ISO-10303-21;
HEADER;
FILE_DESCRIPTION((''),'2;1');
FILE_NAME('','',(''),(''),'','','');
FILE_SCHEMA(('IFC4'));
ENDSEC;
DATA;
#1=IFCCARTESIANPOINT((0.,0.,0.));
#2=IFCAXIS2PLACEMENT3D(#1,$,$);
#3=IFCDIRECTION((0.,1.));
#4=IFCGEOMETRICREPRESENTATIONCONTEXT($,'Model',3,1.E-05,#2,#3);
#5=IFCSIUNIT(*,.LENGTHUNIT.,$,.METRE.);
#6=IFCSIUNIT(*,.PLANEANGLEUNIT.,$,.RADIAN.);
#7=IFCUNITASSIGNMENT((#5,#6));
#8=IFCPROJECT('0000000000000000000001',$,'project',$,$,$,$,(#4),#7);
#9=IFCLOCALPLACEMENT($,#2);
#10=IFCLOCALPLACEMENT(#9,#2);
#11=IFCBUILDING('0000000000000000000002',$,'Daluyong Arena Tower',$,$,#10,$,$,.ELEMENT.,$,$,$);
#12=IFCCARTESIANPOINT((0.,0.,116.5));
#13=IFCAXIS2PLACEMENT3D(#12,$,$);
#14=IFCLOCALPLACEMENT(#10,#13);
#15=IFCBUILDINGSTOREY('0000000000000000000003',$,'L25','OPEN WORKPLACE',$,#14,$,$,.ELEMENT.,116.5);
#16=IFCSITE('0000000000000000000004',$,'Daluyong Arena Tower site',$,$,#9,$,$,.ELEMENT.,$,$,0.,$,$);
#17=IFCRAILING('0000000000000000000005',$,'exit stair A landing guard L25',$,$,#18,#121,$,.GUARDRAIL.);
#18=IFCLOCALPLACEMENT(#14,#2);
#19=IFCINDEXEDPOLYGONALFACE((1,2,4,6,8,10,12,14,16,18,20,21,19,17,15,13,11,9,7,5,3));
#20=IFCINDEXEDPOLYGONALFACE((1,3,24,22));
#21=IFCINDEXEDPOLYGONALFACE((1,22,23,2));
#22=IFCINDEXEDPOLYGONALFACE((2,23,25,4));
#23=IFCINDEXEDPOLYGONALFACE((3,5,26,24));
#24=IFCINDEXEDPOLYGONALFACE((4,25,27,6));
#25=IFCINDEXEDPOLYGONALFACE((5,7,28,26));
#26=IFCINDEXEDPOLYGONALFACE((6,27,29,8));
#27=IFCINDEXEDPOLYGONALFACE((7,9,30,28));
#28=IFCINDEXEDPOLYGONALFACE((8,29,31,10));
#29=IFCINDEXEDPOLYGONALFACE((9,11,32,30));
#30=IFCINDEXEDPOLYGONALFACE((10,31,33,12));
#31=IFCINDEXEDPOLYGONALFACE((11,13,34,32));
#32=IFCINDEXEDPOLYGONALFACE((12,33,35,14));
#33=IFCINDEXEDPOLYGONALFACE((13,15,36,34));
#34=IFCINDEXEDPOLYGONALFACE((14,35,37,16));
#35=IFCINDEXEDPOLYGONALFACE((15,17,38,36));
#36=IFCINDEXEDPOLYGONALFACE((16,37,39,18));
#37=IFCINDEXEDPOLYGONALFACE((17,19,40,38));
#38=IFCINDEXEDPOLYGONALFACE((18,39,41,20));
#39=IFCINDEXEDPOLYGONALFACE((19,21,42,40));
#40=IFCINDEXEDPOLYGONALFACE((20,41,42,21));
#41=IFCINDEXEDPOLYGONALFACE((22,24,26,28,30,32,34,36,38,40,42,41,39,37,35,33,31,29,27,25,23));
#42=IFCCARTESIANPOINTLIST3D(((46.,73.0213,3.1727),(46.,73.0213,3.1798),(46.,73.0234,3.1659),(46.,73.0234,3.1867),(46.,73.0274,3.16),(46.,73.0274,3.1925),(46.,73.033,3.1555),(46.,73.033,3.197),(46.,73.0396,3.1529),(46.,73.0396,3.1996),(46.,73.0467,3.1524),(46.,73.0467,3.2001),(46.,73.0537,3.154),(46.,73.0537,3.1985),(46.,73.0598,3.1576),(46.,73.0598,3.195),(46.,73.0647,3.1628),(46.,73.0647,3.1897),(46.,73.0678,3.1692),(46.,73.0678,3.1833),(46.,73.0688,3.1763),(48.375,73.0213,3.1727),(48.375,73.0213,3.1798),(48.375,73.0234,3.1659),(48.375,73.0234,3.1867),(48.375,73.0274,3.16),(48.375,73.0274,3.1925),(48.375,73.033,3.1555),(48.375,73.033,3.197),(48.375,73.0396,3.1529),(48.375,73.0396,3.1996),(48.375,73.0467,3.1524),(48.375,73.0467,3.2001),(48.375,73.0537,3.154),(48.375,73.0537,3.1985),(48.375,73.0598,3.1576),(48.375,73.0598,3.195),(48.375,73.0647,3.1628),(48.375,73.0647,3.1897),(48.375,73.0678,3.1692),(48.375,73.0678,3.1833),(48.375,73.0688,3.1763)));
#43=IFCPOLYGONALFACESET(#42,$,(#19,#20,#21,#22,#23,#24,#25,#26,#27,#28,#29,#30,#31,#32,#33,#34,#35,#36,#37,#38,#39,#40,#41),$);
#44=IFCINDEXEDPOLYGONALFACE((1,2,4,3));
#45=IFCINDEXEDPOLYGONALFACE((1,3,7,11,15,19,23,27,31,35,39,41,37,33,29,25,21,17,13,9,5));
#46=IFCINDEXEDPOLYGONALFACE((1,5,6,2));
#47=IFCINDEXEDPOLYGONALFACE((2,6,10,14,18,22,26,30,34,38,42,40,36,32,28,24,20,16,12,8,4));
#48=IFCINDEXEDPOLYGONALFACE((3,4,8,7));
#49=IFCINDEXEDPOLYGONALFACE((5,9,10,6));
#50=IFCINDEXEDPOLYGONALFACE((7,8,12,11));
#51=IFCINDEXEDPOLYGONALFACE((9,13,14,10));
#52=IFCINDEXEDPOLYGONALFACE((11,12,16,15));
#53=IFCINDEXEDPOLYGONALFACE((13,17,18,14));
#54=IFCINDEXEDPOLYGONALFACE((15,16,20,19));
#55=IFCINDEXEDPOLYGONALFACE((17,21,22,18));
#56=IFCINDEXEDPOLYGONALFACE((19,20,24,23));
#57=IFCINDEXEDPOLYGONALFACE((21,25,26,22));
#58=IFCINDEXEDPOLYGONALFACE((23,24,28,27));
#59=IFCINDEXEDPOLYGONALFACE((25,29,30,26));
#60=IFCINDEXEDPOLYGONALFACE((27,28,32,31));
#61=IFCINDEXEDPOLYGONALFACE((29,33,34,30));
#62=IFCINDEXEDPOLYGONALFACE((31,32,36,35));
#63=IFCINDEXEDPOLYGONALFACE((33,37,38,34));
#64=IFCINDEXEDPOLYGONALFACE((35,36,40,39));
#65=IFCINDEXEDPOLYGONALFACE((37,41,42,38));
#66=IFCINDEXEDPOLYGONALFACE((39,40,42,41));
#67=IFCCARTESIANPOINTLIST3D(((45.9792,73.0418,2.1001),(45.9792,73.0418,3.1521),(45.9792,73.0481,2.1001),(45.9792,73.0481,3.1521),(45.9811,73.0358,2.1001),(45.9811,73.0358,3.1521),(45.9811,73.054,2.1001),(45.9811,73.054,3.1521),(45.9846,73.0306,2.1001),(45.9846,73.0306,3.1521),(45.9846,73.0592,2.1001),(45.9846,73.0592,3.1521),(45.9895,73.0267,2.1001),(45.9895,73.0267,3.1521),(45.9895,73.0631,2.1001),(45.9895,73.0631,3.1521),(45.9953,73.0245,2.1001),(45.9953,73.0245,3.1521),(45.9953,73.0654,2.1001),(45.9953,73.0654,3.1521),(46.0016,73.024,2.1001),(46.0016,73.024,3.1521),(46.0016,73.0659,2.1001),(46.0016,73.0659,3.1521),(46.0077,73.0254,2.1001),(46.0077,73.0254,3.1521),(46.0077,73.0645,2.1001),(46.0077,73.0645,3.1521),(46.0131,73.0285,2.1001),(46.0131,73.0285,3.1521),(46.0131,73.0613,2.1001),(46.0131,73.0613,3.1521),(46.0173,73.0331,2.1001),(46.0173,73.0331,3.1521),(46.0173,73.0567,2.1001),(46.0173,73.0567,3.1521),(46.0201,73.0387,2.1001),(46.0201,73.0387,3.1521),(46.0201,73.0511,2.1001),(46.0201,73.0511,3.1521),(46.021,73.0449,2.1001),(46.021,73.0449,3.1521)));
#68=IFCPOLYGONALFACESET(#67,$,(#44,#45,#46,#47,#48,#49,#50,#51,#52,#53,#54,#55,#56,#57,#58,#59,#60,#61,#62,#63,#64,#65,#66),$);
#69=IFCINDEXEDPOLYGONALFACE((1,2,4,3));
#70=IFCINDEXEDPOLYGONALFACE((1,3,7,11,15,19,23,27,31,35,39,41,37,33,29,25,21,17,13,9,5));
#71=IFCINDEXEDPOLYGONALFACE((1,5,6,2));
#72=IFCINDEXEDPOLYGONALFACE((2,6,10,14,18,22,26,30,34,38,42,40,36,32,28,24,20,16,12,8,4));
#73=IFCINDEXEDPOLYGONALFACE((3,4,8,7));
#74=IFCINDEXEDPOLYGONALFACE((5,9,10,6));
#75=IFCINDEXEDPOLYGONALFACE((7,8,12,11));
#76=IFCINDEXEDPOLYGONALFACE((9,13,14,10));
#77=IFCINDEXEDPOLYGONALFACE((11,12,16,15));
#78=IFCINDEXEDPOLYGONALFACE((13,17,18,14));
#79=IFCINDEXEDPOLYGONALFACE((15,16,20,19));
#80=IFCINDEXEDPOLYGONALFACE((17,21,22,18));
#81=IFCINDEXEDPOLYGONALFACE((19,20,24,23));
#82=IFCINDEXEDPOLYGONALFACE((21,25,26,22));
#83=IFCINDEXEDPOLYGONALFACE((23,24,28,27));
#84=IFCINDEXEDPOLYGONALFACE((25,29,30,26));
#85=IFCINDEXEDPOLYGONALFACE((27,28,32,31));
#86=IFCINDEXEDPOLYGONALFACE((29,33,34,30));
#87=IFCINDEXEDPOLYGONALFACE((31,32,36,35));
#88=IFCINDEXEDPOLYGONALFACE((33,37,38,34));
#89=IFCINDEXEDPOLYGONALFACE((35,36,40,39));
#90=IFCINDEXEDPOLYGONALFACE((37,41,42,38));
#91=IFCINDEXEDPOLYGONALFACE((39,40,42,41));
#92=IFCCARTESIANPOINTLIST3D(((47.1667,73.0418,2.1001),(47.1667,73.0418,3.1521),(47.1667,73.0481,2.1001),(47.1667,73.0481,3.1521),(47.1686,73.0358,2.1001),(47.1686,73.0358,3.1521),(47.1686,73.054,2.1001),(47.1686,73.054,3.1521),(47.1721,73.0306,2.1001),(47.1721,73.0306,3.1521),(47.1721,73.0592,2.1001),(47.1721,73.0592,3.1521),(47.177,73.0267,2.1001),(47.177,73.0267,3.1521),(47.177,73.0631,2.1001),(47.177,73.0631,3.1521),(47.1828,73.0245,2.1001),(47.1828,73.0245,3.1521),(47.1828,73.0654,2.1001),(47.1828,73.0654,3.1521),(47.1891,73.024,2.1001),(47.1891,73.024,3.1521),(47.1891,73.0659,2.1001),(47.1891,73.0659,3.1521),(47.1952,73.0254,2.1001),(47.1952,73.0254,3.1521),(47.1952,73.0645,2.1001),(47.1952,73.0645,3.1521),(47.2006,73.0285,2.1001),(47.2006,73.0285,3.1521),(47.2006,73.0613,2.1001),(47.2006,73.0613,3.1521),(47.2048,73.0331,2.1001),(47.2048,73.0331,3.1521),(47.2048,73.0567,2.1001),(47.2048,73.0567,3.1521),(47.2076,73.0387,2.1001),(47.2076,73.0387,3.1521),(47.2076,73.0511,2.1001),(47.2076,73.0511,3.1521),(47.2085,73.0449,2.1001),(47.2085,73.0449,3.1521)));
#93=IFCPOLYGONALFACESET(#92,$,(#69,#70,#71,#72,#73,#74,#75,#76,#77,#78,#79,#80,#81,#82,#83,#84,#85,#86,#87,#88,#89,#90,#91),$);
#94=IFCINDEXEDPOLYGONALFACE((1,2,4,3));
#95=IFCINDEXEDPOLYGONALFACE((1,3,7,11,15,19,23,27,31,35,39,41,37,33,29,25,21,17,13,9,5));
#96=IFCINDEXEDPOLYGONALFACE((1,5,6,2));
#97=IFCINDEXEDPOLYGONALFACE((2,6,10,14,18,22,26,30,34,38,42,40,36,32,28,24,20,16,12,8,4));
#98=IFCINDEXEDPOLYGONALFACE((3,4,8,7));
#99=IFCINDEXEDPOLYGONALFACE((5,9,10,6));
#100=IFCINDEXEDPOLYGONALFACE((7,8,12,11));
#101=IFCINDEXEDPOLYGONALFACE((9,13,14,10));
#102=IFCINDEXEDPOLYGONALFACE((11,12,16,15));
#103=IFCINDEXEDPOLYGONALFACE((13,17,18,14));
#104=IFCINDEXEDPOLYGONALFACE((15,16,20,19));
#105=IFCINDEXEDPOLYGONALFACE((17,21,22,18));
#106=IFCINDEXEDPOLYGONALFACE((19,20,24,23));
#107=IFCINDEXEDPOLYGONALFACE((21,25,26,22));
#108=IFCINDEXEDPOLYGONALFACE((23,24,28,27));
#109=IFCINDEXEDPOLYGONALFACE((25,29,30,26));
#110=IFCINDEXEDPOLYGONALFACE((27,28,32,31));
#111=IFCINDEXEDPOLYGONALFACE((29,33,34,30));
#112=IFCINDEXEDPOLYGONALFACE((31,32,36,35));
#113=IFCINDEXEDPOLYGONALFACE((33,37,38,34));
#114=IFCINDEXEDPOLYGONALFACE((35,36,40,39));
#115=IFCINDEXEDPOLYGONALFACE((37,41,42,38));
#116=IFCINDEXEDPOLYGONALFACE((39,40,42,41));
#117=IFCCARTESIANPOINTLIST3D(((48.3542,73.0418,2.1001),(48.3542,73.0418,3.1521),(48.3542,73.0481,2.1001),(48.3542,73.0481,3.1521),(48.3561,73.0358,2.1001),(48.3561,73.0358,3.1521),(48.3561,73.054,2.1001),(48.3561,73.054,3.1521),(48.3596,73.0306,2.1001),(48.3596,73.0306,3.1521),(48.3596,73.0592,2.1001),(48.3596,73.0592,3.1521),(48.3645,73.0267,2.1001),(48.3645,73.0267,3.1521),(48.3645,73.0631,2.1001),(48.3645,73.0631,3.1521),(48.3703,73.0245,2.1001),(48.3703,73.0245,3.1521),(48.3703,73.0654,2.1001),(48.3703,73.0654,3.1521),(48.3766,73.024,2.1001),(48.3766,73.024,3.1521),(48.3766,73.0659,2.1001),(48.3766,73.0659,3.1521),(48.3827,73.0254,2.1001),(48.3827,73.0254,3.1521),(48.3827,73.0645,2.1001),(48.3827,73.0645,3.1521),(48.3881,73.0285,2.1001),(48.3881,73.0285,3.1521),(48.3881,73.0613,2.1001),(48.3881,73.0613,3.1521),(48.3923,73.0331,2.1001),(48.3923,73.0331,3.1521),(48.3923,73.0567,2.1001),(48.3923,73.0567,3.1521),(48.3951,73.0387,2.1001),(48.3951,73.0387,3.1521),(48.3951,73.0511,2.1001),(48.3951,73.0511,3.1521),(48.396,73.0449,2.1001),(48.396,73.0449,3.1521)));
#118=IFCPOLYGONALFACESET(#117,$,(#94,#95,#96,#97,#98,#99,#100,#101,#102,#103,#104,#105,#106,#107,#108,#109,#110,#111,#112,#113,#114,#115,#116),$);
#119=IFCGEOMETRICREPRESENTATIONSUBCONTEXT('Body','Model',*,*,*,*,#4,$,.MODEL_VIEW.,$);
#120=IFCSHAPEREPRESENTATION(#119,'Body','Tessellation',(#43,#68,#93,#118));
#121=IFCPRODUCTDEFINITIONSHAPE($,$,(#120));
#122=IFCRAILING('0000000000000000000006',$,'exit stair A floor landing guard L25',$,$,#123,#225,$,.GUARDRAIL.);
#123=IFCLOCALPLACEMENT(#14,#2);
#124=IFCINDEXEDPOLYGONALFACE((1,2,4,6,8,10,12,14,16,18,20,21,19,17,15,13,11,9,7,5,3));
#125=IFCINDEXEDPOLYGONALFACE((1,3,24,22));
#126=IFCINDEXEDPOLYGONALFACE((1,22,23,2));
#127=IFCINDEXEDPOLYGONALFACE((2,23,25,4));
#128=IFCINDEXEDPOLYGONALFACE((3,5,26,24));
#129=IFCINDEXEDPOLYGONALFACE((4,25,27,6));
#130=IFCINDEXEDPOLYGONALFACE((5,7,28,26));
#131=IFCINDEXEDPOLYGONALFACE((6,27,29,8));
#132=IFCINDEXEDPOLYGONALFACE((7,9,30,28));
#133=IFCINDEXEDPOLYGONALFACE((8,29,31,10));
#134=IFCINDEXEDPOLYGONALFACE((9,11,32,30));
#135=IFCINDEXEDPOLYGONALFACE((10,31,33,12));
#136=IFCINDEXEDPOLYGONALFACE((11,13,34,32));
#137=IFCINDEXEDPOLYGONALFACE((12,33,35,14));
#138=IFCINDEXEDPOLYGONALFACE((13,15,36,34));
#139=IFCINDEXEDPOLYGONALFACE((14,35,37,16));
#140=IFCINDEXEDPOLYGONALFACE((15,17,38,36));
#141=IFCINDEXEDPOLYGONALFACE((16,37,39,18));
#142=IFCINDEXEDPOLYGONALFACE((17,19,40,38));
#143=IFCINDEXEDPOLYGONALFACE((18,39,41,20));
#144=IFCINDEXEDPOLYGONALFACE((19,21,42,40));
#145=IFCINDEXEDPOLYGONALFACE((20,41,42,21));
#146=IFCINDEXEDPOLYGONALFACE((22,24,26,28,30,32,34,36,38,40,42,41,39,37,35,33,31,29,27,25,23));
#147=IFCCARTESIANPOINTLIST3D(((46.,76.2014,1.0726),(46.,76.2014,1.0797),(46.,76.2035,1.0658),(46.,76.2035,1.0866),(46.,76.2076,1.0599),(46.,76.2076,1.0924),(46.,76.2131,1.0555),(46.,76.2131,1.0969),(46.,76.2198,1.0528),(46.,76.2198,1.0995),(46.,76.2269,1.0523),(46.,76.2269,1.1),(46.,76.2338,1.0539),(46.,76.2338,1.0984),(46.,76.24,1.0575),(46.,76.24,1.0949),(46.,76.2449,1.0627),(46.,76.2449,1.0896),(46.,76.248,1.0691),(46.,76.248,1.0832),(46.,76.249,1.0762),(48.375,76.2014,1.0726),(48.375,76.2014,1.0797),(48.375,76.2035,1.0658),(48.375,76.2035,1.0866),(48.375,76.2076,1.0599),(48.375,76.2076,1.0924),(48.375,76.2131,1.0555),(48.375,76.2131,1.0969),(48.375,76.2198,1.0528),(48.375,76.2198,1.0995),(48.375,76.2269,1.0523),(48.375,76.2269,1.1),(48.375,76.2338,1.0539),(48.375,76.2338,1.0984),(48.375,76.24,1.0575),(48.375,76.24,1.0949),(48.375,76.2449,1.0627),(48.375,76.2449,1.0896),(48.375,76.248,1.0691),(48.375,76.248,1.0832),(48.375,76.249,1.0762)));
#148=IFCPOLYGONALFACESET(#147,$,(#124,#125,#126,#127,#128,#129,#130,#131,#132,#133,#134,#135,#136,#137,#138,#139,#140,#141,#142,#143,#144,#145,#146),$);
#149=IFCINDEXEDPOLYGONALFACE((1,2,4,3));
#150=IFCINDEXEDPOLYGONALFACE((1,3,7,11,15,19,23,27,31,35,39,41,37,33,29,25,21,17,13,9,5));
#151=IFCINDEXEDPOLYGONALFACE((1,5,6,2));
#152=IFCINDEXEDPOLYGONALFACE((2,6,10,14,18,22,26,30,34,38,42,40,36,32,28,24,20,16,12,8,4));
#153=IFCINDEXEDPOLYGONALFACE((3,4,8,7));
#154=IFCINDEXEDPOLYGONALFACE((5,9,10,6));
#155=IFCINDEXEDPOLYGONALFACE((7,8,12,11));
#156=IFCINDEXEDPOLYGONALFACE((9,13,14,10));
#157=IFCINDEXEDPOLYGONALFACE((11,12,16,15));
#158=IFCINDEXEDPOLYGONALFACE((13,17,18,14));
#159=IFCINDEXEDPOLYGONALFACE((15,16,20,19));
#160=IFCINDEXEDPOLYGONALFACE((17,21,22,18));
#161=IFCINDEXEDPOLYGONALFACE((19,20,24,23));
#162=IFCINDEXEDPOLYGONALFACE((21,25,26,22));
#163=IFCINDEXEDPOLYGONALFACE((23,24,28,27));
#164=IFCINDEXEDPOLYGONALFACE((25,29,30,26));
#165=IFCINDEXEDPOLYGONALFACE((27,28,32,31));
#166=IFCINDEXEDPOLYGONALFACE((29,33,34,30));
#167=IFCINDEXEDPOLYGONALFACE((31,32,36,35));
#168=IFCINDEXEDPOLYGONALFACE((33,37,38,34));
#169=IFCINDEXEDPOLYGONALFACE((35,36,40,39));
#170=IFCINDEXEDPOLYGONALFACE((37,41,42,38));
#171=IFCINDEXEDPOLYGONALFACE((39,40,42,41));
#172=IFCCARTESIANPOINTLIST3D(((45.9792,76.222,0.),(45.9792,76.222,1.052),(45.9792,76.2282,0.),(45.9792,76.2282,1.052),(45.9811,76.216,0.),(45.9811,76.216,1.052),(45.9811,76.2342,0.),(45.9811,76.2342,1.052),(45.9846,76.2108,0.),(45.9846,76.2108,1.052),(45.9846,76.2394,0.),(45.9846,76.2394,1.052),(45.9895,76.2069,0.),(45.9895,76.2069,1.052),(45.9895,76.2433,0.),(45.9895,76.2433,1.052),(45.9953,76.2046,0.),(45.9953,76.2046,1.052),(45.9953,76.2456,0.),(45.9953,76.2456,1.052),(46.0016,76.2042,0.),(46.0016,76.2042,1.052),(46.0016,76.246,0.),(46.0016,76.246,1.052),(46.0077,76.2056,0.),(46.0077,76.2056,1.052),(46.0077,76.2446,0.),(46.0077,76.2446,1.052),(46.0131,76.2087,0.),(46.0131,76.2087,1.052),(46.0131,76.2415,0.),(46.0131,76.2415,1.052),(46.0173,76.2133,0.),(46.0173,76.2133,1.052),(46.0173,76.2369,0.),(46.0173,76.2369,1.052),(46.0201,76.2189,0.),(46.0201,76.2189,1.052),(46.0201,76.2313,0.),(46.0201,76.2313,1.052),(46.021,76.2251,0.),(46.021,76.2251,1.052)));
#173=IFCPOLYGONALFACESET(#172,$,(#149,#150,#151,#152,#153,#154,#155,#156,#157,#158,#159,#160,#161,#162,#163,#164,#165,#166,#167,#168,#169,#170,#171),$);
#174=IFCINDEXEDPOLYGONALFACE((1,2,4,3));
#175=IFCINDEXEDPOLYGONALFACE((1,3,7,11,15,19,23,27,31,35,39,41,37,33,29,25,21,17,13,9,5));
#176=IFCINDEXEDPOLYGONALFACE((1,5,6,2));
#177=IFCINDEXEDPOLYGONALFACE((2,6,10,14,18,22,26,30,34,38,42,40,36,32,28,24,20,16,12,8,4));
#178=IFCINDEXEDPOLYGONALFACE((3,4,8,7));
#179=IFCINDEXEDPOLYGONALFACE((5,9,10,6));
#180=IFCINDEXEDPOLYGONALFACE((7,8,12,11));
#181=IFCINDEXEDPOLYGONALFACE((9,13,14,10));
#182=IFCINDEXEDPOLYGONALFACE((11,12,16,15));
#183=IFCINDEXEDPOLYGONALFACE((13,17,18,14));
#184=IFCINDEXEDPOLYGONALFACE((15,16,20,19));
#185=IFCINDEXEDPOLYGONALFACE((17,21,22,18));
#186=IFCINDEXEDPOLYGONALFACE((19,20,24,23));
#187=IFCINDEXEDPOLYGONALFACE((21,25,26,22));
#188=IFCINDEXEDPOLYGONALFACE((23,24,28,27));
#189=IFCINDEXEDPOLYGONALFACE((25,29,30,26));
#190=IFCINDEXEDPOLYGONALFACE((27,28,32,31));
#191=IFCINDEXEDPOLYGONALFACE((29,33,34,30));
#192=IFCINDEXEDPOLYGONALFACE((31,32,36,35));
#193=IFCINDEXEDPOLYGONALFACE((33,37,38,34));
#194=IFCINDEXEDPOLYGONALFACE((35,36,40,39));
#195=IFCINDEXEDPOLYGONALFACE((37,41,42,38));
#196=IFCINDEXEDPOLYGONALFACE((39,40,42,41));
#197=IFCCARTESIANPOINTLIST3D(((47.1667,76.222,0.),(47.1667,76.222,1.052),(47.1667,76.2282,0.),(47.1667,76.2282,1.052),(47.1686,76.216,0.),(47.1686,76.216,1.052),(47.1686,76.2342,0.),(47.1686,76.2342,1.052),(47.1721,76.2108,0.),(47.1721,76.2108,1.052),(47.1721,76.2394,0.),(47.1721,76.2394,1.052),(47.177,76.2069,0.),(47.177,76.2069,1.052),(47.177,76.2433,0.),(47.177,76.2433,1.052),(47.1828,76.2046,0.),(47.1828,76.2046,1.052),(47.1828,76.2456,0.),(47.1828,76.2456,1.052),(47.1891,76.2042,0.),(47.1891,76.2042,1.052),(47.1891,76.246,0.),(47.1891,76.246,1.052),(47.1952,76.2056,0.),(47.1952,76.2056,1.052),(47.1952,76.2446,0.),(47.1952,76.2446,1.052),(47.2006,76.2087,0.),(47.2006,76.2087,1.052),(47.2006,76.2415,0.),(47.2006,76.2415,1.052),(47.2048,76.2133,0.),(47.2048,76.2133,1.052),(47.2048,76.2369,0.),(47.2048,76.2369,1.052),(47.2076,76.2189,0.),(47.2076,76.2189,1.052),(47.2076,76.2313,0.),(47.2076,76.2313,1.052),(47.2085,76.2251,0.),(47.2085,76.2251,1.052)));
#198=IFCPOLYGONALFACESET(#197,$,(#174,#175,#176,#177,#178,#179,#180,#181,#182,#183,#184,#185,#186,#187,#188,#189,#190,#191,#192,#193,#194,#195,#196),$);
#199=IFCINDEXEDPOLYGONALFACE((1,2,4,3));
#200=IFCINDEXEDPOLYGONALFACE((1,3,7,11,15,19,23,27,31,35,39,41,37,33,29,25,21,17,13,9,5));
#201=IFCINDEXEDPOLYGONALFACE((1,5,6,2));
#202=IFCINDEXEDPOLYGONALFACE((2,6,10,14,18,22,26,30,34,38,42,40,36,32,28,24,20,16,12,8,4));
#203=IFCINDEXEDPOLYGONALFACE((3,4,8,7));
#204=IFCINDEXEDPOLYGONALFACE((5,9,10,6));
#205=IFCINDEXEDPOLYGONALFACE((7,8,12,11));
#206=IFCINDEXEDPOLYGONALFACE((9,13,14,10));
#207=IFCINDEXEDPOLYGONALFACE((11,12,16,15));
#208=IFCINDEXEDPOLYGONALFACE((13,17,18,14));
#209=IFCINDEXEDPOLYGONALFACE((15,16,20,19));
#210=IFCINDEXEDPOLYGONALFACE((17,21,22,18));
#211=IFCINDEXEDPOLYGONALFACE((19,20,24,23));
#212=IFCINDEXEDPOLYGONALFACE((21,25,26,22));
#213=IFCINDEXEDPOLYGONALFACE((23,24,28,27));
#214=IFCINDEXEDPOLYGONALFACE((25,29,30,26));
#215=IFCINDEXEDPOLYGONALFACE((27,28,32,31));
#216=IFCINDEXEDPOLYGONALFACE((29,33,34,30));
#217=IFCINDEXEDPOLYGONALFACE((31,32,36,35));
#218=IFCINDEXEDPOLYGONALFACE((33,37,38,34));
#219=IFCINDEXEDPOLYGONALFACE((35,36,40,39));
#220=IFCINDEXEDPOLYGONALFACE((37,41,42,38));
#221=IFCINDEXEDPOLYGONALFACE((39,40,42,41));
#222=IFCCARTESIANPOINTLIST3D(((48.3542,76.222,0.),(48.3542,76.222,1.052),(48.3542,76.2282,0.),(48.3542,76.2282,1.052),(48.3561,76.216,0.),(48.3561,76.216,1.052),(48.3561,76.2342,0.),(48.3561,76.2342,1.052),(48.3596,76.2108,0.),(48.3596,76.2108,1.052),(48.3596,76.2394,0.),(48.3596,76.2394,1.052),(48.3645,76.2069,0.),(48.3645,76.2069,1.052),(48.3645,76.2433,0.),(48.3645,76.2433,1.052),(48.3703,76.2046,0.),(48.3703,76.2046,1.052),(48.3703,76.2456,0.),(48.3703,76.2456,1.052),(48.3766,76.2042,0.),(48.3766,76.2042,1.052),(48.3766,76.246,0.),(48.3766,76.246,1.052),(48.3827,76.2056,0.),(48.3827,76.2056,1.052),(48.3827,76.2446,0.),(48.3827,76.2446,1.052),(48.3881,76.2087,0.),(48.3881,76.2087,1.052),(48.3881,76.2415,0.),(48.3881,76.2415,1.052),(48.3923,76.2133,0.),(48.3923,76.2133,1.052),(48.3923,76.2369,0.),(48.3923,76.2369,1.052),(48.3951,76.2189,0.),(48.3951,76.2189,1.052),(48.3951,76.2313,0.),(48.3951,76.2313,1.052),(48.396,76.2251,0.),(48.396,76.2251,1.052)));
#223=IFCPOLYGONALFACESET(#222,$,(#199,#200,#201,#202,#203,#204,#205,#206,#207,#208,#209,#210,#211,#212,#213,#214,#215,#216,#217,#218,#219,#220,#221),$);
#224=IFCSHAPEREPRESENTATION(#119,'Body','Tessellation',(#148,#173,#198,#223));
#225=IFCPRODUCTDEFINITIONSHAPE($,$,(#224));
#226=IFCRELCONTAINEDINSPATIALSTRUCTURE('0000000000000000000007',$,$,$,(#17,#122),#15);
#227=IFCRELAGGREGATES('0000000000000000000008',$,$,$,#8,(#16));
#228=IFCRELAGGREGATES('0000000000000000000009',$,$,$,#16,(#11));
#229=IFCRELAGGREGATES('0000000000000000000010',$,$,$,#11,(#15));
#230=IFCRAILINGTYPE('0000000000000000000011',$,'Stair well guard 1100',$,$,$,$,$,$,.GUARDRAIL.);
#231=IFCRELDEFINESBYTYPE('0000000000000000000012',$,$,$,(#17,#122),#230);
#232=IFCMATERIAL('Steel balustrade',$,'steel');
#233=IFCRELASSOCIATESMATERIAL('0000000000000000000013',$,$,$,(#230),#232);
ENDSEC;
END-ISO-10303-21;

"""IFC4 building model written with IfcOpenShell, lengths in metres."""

from ifc_helpers import new_model, si_unit, direction, frame, origin, origin_2d, place, context, subcontext, project, spatial, circle, extrude, material, type_object, element, save


model = new_model("IFC4")

# Units and contexts
model_context = context("Model", 3, precision=1e-05, world=origin(), true_north=direction((0.0, 1.0)))
body_context = subcontext(model_context, "Body", "Model", "MODEL_VIEW")
ifc_project = project(units=[si_unit("LENGTHUNIT", "METRE"), si_unit("PLANEANGLEUNIT", "RADIAN")], contexts=[model_context])

# Site, building, storey
site_placement = place(None, origin())
site = spatial("IfcSite", under=ifc_project, at=site_placement, Name="Daluyong Arena Tower site", CompositionType="ELEMENT", RefElevation=0.0)
building_placement = place(site_placement, origin())
building = spatial("IfcBuilding", under=site, at=building_placement, Name="Daluyong Arena Tower", CompositionType="ELEMENT")
storey_placement = place(building_placement, frame((0.0, 0.0, 116.5)))
storey = spatial("IfcBuildingStorey", under=building, at=storey_placement, Name="L25", Description="OPEN WORKPLACE", CompositionType="ELEMENT", Elevation=116.5)

# Railings
ifc_material_1 = material(Name="Steel balustrade", Category="steel")
railing_type_1 = type_object("IfcRailingType", Name="Stair well guard 1100", PredefinedType="GUARDRAIL", material=ifc_material_1)
for number, where, name in (
    (1, (46.0, 73.0449, 2.1001), "exit stair A landing guard L25"),
    (2, (46.0, 76.2251, 0.0), "exit stair A floor landing guard L25"),
):
    element("IfcRailing", number, at=place(storey_placement, frame(where)), inside=storey, type_object=railing_type_1, Name=name, PredefinedType="GUARDRAIL", context=body_context, shape_type="SweptSolid", body=[
        extrude(circle(Radius=0.0239, at=origin_2d()), frame((0.0, 0.0, 1.0762), z_axis=(1.0, 0.0, 0.0), x_axis=(0.0, 1.0, 0.0)), (0.0, 0.0, 1.0), 2.375),
        extrude(circle(Radius=0.021, at=origin_2d()), origin(), (0.0, 0.0, 1.0), 1.052),
        extrude(circle(Radius=0.021, at=origin_2d()), frame((1.1875, 0.0, 0.0)), (0.0, 0.0, 1.0), 1.052),
        extrude(circle(Radius=0.021, at=origin_2d()), frame((2.375, 0.0, 0.0)), (0.0, 0.0, 1.0), 1.052),
    ])

save(model, "model.ifc")
